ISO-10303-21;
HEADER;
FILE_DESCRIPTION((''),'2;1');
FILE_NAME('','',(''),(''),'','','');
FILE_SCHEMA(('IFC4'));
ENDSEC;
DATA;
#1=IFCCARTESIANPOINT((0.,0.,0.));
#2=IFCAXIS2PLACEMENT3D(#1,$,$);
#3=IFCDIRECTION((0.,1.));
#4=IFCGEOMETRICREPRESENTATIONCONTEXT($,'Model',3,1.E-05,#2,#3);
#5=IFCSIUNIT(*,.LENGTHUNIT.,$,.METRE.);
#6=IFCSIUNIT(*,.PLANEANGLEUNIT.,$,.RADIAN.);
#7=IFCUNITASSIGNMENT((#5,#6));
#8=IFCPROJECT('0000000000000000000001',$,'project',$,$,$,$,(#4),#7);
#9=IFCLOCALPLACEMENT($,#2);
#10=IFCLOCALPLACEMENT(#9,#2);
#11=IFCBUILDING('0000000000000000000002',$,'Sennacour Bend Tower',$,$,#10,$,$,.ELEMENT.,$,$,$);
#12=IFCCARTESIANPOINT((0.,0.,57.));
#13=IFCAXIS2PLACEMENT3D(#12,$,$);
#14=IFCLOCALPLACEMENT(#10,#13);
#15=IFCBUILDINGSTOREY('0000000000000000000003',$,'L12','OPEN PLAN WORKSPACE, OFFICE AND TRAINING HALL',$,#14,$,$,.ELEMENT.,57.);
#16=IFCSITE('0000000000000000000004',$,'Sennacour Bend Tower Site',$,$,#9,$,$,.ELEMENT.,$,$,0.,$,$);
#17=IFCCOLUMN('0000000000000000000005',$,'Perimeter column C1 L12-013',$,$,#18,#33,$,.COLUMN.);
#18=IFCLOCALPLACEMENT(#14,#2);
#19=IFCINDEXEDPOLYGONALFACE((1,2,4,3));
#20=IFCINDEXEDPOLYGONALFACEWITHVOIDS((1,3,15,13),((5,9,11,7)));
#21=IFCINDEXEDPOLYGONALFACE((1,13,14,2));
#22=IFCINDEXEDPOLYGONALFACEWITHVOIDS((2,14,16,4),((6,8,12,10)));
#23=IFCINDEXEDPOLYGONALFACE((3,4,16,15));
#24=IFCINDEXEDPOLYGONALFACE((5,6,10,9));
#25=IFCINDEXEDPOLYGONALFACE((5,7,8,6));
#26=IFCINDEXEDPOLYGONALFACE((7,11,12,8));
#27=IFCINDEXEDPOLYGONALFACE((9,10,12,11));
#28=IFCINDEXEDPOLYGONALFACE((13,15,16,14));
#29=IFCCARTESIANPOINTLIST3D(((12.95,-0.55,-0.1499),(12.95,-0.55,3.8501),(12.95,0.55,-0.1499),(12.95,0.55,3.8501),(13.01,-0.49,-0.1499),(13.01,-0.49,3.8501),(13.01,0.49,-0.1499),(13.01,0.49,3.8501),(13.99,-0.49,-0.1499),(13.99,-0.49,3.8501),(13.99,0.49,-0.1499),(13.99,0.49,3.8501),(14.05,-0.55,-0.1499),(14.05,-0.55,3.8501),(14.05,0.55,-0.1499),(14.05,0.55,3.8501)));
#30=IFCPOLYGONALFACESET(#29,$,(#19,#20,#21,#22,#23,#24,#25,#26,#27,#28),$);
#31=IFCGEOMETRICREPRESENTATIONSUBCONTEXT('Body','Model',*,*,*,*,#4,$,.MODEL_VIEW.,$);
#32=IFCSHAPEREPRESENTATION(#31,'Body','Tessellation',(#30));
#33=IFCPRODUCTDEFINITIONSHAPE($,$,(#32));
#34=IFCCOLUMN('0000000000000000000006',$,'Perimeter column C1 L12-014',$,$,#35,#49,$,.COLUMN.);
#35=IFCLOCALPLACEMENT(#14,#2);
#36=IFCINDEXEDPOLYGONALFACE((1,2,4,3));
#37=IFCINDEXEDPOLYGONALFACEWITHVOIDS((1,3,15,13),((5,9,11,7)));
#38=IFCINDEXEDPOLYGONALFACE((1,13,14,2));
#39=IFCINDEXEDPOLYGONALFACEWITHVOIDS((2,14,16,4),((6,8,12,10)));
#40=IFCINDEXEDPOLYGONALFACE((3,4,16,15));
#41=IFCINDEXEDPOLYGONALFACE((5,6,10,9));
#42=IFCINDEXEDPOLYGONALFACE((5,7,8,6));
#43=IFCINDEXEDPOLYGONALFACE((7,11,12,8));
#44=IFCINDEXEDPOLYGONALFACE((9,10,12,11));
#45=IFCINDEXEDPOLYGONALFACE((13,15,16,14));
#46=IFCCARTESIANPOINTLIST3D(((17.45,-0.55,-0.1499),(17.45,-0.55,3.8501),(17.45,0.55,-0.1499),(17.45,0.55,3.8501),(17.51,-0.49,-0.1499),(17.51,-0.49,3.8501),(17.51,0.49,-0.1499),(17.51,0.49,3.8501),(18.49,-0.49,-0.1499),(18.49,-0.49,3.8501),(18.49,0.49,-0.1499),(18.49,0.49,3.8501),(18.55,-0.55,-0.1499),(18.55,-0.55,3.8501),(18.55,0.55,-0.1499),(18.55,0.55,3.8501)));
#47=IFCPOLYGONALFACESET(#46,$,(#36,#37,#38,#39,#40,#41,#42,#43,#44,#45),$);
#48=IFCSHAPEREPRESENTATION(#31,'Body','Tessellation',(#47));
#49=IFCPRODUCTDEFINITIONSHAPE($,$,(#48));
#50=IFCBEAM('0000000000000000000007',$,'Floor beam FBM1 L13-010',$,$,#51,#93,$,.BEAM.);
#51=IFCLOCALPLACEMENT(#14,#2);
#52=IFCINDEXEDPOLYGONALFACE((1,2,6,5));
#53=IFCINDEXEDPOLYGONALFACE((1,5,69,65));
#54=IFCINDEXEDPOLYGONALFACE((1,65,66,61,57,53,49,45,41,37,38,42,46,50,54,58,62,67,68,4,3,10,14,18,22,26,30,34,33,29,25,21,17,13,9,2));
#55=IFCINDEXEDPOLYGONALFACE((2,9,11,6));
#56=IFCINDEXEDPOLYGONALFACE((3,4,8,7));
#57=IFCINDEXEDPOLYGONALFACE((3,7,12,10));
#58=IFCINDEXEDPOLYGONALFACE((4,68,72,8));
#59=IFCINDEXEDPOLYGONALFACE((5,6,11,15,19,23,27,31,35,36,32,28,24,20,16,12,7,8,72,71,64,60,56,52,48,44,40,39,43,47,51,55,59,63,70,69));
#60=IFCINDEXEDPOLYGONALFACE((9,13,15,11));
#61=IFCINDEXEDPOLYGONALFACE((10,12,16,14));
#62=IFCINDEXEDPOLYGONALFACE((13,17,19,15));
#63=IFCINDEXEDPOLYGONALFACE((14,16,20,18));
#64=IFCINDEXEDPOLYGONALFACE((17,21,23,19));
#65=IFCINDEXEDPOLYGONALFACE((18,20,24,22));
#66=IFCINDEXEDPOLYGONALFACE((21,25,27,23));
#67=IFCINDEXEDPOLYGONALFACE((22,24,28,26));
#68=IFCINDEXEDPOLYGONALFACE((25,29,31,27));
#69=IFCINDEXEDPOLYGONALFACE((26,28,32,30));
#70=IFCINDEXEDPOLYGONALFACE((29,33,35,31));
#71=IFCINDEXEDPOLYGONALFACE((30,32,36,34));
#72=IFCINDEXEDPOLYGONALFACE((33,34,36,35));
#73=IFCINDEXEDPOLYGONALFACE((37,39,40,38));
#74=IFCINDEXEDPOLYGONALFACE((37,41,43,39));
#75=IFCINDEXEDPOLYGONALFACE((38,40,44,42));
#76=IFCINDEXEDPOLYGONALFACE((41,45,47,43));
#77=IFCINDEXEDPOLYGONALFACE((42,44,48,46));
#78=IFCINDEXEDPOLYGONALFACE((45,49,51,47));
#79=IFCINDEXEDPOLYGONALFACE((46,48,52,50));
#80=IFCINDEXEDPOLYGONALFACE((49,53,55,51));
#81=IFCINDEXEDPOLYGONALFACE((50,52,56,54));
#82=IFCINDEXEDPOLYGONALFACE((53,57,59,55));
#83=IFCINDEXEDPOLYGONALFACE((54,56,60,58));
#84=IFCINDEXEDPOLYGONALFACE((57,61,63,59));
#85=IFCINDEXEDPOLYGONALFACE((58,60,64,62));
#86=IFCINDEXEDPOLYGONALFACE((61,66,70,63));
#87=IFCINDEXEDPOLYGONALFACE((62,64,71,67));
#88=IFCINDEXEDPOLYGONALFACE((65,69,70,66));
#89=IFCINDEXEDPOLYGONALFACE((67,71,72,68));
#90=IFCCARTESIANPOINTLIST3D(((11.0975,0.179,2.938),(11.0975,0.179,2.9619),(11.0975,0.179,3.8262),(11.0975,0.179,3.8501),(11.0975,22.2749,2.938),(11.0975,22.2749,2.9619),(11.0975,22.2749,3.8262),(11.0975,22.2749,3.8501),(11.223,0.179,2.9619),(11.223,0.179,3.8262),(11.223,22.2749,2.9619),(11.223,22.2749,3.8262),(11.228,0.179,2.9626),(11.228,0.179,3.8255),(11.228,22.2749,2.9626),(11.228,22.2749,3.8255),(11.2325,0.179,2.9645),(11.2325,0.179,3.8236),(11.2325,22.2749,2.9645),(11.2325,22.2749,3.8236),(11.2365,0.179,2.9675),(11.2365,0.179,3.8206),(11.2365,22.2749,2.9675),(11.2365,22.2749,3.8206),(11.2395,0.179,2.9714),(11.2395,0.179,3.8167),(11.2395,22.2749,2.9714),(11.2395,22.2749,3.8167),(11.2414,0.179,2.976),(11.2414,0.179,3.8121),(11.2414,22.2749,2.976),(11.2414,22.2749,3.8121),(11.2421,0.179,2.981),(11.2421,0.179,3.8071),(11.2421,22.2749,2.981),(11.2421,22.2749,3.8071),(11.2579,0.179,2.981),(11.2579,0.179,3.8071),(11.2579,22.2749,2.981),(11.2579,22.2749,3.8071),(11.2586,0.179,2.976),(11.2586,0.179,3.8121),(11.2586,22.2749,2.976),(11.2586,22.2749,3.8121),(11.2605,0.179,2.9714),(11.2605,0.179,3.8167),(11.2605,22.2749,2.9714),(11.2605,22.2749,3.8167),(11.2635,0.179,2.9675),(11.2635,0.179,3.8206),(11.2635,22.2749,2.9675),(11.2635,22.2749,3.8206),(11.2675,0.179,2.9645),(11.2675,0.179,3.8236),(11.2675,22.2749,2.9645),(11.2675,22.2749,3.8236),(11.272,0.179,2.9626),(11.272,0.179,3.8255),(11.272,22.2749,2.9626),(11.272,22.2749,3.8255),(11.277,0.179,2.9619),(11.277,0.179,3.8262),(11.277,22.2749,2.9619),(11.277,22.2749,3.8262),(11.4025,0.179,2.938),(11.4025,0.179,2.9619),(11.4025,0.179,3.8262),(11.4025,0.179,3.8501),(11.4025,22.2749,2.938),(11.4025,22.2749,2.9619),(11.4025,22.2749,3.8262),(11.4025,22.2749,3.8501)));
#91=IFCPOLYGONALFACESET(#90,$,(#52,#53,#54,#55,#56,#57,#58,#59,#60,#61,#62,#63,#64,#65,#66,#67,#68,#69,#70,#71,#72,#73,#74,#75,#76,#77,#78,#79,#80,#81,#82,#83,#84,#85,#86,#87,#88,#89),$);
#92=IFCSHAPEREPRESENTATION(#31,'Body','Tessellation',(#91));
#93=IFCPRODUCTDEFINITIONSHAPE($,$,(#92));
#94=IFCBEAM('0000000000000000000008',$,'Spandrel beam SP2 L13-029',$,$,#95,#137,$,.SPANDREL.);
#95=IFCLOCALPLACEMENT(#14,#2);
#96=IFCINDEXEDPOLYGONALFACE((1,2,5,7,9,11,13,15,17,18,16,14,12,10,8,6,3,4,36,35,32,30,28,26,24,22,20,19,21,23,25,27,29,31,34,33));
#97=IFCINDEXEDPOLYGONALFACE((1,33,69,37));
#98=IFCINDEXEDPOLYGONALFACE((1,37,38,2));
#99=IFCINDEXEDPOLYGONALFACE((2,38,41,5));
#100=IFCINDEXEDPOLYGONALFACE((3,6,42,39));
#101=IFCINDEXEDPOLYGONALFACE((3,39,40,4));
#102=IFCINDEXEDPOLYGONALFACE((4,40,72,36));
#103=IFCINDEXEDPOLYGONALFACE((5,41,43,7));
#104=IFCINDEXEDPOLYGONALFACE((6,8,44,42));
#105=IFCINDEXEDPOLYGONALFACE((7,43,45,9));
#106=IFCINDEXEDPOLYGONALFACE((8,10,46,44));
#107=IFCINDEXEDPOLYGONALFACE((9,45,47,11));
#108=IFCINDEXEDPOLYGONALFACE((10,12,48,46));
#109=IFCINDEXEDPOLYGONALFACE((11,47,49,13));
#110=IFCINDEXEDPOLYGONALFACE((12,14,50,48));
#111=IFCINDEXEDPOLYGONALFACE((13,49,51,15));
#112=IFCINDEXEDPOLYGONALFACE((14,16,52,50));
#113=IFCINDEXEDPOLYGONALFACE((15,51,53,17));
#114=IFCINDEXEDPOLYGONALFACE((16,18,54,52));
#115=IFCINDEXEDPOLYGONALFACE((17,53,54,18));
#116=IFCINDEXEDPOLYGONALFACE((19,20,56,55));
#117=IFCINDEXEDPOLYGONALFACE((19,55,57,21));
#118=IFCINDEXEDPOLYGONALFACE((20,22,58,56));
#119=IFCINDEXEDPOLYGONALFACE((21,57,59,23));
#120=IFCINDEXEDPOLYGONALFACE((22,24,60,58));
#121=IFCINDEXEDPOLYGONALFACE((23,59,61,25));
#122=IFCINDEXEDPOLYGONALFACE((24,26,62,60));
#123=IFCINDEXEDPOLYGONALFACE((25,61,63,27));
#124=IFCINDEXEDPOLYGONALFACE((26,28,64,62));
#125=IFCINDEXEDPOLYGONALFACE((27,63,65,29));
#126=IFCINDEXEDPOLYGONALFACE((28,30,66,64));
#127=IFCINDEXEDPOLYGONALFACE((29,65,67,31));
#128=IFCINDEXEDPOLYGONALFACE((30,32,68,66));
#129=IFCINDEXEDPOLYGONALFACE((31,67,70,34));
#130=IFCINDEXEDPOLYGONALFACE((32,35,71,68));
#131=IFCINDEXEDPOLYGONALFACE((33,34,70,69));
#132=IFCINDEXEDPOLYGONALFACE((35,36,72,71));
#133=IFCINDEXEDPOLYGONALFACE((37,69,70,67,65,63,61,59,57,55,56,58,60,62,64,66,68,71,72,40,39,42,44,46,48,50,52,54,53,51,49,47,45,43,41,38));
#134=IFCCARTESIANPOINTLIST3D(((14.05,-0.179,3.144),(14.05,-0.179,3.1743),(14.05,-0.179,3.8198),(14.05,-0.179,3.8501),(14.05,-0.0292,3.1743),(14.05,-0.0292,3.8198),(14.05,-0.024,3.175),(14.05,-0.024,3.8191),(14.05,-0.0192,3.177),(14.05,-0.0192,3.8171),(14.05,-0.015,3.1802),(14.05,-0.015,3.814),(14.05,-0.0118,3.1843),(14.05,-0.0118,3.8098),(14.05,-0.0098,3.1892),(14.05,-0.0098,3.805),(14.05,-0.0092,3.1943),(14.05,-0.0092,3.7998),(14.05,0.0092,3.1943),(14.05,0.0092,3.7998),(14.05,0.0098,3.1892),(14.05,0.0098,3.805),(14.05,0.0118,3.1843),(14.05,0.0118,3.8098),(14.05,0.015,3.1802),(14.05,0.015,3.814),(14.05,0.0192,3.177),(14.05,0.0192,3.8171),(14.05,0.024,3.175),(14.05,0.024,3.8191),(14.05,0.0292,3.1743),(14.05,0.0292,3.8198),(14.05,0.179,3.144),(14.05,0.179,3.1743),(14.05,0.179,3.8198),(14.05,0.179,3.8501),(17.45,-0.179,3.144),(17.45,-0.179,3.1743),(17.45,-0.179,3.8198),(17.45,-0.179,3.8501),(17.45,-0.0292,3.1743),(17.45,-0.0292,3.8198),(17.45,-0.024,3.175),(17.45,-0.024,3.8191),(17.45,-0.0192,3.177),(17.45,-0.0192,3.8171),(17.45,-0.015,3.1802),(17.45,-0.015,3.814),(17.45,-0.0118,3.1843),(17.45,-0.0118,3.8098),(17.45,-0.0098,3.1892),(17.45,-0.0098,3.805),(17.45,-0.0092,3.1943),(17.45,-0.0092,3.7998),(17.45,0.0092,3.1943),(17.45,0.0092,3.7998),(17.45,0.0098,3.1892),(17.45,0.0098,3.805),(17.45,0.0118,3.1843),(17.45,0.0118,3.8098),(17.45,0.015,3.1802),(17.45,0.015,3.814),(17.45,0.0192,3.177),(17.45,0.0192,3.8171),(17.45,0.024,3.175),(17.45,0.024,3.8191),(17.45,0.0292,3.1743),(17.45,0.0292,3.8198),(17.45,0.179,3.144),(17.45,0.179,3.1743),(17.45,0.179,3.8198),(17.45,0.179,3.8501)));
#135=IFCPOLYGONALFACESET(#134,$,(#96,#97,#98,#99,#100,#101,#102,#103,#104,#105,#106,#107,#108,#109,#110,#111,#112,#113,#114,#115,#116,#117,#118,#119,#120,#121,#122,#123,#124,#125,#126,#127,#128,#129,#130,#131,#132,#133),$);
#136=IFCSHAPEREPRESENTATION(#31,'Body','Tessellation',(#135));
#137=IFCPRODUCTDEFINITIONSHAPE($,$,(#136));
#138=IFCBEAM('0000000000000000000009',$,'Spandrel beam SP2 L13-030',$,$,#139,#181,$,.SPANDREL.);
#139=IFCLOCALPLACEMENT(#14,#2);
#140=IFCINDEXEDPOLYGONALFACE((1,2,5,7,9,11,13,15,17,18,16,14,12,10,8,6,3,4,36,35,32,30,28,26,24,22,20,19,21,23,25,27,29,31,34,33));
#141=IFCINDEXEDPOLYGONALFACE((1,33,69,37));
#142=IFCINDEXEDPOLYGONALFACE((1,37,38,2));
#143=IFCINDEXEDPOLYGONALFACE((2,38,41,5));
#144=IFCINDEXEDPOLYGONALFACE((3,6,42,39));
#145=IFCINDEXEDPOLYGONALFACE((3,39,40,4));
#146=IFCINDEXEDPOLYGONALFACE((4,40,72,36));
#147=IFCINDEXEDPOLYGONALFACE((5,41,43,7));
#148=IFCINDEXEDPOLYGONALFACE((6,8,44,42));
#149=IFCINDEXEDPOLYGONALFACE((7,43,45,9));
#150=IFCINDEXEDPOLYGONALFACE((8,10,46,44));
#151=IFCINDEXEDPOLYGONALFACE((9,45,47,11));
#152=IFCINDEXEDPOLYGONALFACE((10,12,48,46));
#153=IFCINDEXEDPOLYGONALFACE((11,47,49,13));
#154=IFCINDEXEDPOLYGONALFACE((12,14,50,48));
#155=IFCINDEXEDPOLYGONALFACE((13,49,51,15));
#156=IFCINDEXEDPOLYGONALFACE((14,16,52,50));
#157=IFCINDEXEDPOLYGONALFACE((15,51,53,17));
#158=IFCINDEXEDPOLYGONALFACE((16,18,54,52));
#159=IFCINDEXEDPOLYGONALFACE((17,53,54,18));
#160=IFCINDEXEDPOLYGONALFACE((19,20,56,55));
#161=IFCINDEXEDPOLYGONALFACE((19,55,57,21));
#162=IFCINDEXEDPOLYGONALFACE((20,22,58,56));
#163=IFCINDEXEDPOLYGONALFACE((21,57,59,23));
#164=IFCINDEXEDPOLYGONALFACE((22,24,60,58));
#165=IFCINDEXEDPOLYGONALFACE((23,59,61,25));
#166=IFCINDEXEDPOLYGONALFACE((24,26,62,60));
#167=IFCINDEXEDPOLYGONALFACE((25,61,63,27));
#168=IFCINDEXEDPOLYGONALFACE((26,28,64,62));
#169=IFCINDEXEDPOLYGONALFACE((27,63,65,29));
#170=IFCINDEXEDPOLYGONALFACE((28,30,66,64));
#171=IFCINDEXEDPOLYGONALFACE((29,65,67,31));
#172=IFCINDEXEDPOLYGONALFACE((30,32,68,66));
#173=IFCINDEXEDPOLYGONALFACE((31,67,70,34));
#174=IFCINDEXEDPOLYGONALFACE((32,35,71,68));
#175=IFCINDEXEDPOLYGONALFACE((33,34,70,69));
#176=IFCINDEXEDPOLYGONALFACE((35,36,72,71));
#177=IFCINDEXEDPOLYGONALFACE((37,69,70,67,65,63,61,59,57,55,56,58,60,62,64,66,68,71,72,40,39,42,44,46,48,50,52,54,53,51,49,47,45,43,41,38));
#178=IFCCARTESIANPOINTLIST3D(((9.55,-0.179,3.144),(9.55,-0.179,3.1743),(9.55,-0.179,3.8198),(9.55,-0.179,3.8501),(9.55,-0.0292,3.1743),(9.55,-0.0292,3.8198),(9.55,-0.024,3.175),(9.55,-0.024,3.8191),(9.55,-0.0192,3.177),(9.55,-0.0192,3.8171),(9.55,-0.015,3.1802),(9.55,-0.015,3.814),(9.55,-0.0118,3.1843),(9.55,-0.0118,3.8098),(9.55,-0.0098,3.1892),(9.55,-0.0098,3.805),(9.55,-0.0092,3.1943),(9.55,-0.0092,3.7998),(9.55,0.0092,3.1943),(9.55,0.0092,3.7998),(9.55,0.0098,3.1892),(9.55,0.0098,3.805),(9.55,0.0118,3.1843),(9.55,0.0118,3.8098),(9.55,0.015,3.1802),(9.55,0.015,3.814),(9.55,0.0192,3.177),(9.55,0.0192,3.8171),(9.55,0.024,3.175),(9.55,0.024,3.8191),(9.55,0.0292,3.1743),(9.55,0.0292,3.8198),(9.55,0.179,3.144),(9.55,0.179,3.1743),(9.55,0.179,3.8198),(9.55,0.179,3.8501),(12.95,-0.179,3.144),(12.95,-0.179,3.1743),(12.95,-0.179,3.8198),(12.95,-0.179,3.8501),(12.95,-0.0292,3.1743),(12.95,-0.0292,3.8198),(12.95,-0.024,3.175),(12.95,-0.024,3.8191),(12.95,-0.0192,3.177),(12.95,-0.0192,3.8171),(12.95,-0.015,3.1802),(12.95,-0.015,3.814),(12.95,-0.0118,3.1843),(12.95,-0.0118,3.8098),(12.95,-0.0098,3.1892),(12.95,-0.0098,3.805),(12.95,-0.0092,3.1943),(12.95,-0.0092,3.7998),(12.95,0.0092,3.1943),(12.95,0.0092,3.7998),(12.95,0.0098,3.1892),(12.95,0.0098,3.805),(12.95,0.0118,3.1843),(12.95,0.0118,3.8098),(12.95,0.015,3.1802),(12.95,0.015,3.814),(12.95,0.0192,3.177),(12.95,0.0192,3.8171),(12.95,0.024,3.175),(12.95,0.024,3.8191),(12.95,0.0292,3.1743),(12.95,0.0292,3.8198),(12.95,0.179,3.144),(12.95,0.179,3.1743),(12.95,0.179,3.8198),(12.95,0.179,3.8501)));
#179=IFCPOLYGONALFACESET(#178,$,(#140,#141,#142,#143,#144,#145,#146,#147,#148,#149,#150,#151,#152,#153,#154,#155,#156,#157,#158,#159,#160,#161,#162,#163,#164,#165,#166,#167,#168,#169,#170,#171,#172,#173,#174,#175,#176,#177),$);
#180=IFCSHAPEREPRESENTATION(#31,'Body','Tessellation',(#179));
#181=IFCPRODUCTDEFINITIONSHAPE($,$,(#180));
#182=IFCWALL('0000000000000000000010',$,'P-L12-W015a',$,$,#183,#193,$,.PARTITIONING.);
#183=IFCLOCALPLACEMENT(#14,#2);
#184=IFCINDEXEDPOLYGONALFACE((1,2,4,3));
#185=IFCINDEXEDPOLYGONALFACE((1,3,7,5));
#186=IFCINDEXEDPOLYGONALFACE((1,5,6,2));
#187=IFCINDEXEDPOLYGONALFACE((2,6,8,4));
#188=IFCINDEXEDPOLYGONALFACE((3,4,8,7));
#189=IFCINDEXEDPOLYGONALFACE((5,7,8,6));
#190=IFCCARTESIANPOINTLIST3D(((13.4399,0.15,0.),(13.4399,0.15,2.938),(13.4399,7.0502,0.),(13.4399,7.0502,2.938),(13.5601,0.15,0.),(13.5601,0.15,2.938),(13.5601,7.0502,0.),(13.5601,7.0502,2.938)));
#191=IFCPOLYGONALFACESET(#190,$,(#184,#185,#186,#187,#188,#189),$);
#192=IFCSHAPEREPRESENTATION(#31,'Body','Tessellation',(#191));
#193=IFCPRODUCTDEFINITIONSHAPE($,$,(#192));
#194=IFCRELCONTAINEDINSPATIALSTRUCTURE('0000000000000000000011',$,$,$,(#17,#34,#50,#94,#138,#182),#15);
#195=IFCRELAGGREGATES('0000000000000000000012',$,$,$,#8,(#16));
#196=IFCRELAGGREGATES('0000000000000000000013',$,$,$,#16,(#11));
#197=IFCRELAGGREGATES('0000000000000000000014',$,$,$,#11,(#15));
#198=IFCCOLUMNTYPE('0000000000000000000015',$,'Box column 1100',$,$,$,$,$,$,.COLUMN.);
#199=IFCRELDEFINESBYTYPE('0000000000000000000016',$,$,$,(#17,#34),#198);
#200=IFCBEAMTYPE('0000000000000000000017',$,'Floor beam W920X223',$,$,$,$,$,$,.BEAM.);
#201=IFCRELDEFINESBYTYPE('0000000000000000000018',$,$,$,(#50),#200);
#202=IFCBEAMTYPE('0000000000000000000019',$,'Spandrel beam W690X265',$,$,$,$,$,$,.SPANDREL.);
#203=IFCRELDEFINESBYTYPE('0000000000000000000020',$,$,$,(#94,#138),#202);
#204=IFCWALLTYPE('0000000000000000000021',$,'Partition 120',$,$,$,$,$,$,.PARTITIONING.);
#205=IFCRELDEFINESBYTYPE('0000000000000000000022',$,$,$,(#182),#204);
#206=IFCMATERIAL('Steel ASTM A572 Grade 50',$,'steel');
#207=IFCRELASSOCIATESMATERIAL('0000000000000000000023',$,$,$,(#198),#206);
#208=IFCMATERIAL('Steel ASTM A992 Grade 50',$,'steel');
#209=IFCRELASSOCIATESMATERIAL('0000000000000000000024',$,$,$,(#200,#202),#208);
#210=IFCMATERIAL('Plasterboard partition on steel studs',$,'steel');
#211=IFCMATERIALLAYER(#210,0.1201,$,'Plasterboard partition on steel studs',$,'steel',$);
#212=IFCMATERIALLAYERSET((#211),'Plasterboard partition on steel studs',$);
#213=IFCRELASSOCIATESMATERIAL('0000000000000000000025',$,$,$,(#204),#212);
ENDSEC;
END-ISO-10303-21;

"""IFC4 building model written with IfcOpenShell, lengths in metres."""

from ifc_helpers import new_model, si_unit, direction, frame, frame_2d, origin, origin_2d, place, context, subcontext, project, spatial, rectangle, hollow_rectangle, i_section, extrude, material, layer, layer_set, material_profile, profile_set, type_object, element, save


model = new_model("IFC4")

# Units and contexts
model_context = context("Model", 3, precision=1e-05, world=origin(), true_north=direction((0.0, 1.0)))
body_context = subcontext(model_context, "Body", "Model", "MODEL_VIEW")
ifc_project = project(units=[si_unit("LENGTHUNIT", "METRE"), si_unit("PLANEANGLEUNIT", "RADIAN")], contexts=[model_context])

# Site, building, storey
site_placement = place(None, origin())
site = spatial("IfcSite", under=ifc_project, at=site_placement, Name="Sennacour Bend Tower Site", CompositionType="ELEMENT", RefElevation=0.0)
building_placement = place(site_placement, origin())
building = spatial("IfcBuilding", under=site, at=building_placement, Name="Sennacour Bend Tower", CompositionType="ELEMENT")
storey_placement = place(building_placement, frame((0.0, 0.0, 57.0)))
storey = spatial("IfcBuildingStorey", under=building, at=storey_placement, Name="L12", Description="OPEN PLAN WORKSPACE, OFFICE AND TRAINING HALL", CompositionType="ELEMENT", Elevation=57.0)

# Columns
ifc_material_1 = material(Name="Steel ASTM A572 Grade 50", Category="steel")
ifc_material_profile_1 = material_profile(ifc_material_1, hollow_rectangle(XDim=1.1001, YDim=1.1001, WallThickness=0.0601, at=origin_2d()), Name="Steel ASTM A572 Grade 50", Category="steel")
ifc_profile_set_1 = profile_set([ifc_material_profile_1], Name="Steel ASTM A572 Grade 50")
column_type = type_object("IfcColumnType", Name="Box column 1100", PredefinedType="COLUMN", material=ifc_profile_set_1)
for number, where, z_axis, x_axis, name in (
    (1, (13.5, 0.0, -0.1499), (0.0, 0.0, 1.0), (1.0, 0.0, 0.0), "Perimeter column C1 L12-013"),
    (2, (18.0, 0.0, -0.1499), (0.0, 0.0, 1.0), (1.0, 0.0, 0.0), "Perimeter column C1 L12-014"),
):
    element("IfcColumn", number, at=place(storey_placement, frame(where, z_axis=z_axis, x_axis=x_axis)), inside=storey, type_object=column_type, Name=name, PredefinedType="COLUMN", context=body_context, shape_type="SweptSolid", body=[
        extrude(hollow_rectangle(XDim=1.1001, YDim=1.1001, WallThickness=0.0601, at=origin_2d()), origin(), (0.0, 0.0, 1.0), 4.0),
    ])

# Beams
ifc_material_2 = material(Name="Steel ASTM A992 Grade 50", Category="steel")
ifc_material_profile_2 = material_profile(ifc_material_2, i_section(OverallWidth=0.3049, OverallDepth=0.9121, WebThickness=0.0159, FlangeThickness=0.0239, FilletRadius=0.019, at=origin_2d()), Name="Steel ASTM A992 Grade 50", Category="steel")
ifc_profile_set_2 = profile_set([ifc_material_profile_2], Name="Steel ASTM A992 Grade 50")
beam_type_1 = type_object("IfcBeamType", Name="Floor beam W920X223", PredefinedType="BEAM", material=ifc_profile_set_2)
beam_placement = place(storey_placement, frame((11.25, 0.179, 3.394), z_axis=(0.0, 1.0, 0.0), x_axis=(-1.0, 0.0, 0.0)))
element("IfcBeam", 3, at=beam_placement, inside=storey, type_object=beam_type_1, Name="Floor beam FBM1 L13-010", PredefinedType="BEAM", context=body_context, shape_type="SweptSolid", body=[
    extrude(i_section(OverallWidth=0.3049, OverallDepth=0.9121, WebThickness=0.0159, FlangeThickness=0.0239, FilletRadius=0.019, at=origin_2d()), origin(), (0.0, 0.0, 1.0), 22.0959),
])
ifc_material_profile_3 = material_profile(ifc_material_2, i_section(OverallWidth=0.3579, OverallDepth=0.7061, WebThickness=0.0183, FlangeThickness=0.0303, FilletRadius=0.02, at=origin_2d()), Name="Steel ASTM A992 Grade 50", Category="steel")
ifc_profile_set_3 = profile_set([ifc_material_profile_3], Name="Steel ASTM A992 Grade 50")
beam_type_2 = type_object("IfcBeamType", Name="Spandrel beam W690X265", PredefinedType="SPANDREL", material=ifc_profile_set_3)
for number, where, z_axis, x_axis, name in (
    (4, (17.45, 0.0, 3.4971), (-1.0, 0.0, 0.0), (0.0, -1.0, 0.0), "Spandrel beam SP2 L13-029"),
    (5, (12.95, 0.0, 3.4971), (-1.0, 0.0, 0.0), (0.0, -1.0, 0.0), "Spandrel beam SP2 L13-030"),
):
    element("IfcBeam", number, at=place(storey_placement, frame(where, z_axis=z_axis, x_axis=x_axis)), inside=storey, type_object=beam_type_2, Name=name, PredefinedType="SPANDREL", context=body_context, shape_type="SweptSolid", body=[
        extrude(i_section(OverallWidth=0.3579, OverallDepth=0.7061, WebThickness=0.0183, FlangeThickness=0.0303, FilletRadius=0.02, at=origin_2d()), origin(), (0.0, 0.0, 1.0), 3.3999),
    ])

# Wall
ifc_material_3 = material(Name="Plasterboard partition on steel studs", Category="steel")
ifc_layer_1 = layer(ifc_material_3, 0.1201, Name="Plasterboard partition on steel studs", Category="steel")
ifc_layer_set_1 = layer_set([ifc_layer_1], Name="Plasterboard partition on steel studs")
wall_type_1 = type_object("IfcWallType", Name="Partition 120", PredefinedType="PARTITIONING", material=ifc_layer_set_1)
for number, where, z_axis, x_axis, name in (
    (6, (13.5, 0.1499, 0.0), (0.0, 0.0, 1.0), (0.0, 1.0, 0.0), "P-L12-W015a"),
):
    element("IfcWall", number, at=place(storey_placement, frame(where, z_axis=z_axis, x_axis=x_axis)), inside=storey, type_object=wall_type_1, Name=name, PredefinedType="PARTITIONING", context=body_context, shape_type="SweptSolid", body=[
        extrude(rectangle(XDim=6.9001, YDim=0.1201, at=frame_2d((3.4502, 0.0))), origin(), (0.0, 0.0, 1.0), 2.938),
    ])

save(model, "model.ifc")
